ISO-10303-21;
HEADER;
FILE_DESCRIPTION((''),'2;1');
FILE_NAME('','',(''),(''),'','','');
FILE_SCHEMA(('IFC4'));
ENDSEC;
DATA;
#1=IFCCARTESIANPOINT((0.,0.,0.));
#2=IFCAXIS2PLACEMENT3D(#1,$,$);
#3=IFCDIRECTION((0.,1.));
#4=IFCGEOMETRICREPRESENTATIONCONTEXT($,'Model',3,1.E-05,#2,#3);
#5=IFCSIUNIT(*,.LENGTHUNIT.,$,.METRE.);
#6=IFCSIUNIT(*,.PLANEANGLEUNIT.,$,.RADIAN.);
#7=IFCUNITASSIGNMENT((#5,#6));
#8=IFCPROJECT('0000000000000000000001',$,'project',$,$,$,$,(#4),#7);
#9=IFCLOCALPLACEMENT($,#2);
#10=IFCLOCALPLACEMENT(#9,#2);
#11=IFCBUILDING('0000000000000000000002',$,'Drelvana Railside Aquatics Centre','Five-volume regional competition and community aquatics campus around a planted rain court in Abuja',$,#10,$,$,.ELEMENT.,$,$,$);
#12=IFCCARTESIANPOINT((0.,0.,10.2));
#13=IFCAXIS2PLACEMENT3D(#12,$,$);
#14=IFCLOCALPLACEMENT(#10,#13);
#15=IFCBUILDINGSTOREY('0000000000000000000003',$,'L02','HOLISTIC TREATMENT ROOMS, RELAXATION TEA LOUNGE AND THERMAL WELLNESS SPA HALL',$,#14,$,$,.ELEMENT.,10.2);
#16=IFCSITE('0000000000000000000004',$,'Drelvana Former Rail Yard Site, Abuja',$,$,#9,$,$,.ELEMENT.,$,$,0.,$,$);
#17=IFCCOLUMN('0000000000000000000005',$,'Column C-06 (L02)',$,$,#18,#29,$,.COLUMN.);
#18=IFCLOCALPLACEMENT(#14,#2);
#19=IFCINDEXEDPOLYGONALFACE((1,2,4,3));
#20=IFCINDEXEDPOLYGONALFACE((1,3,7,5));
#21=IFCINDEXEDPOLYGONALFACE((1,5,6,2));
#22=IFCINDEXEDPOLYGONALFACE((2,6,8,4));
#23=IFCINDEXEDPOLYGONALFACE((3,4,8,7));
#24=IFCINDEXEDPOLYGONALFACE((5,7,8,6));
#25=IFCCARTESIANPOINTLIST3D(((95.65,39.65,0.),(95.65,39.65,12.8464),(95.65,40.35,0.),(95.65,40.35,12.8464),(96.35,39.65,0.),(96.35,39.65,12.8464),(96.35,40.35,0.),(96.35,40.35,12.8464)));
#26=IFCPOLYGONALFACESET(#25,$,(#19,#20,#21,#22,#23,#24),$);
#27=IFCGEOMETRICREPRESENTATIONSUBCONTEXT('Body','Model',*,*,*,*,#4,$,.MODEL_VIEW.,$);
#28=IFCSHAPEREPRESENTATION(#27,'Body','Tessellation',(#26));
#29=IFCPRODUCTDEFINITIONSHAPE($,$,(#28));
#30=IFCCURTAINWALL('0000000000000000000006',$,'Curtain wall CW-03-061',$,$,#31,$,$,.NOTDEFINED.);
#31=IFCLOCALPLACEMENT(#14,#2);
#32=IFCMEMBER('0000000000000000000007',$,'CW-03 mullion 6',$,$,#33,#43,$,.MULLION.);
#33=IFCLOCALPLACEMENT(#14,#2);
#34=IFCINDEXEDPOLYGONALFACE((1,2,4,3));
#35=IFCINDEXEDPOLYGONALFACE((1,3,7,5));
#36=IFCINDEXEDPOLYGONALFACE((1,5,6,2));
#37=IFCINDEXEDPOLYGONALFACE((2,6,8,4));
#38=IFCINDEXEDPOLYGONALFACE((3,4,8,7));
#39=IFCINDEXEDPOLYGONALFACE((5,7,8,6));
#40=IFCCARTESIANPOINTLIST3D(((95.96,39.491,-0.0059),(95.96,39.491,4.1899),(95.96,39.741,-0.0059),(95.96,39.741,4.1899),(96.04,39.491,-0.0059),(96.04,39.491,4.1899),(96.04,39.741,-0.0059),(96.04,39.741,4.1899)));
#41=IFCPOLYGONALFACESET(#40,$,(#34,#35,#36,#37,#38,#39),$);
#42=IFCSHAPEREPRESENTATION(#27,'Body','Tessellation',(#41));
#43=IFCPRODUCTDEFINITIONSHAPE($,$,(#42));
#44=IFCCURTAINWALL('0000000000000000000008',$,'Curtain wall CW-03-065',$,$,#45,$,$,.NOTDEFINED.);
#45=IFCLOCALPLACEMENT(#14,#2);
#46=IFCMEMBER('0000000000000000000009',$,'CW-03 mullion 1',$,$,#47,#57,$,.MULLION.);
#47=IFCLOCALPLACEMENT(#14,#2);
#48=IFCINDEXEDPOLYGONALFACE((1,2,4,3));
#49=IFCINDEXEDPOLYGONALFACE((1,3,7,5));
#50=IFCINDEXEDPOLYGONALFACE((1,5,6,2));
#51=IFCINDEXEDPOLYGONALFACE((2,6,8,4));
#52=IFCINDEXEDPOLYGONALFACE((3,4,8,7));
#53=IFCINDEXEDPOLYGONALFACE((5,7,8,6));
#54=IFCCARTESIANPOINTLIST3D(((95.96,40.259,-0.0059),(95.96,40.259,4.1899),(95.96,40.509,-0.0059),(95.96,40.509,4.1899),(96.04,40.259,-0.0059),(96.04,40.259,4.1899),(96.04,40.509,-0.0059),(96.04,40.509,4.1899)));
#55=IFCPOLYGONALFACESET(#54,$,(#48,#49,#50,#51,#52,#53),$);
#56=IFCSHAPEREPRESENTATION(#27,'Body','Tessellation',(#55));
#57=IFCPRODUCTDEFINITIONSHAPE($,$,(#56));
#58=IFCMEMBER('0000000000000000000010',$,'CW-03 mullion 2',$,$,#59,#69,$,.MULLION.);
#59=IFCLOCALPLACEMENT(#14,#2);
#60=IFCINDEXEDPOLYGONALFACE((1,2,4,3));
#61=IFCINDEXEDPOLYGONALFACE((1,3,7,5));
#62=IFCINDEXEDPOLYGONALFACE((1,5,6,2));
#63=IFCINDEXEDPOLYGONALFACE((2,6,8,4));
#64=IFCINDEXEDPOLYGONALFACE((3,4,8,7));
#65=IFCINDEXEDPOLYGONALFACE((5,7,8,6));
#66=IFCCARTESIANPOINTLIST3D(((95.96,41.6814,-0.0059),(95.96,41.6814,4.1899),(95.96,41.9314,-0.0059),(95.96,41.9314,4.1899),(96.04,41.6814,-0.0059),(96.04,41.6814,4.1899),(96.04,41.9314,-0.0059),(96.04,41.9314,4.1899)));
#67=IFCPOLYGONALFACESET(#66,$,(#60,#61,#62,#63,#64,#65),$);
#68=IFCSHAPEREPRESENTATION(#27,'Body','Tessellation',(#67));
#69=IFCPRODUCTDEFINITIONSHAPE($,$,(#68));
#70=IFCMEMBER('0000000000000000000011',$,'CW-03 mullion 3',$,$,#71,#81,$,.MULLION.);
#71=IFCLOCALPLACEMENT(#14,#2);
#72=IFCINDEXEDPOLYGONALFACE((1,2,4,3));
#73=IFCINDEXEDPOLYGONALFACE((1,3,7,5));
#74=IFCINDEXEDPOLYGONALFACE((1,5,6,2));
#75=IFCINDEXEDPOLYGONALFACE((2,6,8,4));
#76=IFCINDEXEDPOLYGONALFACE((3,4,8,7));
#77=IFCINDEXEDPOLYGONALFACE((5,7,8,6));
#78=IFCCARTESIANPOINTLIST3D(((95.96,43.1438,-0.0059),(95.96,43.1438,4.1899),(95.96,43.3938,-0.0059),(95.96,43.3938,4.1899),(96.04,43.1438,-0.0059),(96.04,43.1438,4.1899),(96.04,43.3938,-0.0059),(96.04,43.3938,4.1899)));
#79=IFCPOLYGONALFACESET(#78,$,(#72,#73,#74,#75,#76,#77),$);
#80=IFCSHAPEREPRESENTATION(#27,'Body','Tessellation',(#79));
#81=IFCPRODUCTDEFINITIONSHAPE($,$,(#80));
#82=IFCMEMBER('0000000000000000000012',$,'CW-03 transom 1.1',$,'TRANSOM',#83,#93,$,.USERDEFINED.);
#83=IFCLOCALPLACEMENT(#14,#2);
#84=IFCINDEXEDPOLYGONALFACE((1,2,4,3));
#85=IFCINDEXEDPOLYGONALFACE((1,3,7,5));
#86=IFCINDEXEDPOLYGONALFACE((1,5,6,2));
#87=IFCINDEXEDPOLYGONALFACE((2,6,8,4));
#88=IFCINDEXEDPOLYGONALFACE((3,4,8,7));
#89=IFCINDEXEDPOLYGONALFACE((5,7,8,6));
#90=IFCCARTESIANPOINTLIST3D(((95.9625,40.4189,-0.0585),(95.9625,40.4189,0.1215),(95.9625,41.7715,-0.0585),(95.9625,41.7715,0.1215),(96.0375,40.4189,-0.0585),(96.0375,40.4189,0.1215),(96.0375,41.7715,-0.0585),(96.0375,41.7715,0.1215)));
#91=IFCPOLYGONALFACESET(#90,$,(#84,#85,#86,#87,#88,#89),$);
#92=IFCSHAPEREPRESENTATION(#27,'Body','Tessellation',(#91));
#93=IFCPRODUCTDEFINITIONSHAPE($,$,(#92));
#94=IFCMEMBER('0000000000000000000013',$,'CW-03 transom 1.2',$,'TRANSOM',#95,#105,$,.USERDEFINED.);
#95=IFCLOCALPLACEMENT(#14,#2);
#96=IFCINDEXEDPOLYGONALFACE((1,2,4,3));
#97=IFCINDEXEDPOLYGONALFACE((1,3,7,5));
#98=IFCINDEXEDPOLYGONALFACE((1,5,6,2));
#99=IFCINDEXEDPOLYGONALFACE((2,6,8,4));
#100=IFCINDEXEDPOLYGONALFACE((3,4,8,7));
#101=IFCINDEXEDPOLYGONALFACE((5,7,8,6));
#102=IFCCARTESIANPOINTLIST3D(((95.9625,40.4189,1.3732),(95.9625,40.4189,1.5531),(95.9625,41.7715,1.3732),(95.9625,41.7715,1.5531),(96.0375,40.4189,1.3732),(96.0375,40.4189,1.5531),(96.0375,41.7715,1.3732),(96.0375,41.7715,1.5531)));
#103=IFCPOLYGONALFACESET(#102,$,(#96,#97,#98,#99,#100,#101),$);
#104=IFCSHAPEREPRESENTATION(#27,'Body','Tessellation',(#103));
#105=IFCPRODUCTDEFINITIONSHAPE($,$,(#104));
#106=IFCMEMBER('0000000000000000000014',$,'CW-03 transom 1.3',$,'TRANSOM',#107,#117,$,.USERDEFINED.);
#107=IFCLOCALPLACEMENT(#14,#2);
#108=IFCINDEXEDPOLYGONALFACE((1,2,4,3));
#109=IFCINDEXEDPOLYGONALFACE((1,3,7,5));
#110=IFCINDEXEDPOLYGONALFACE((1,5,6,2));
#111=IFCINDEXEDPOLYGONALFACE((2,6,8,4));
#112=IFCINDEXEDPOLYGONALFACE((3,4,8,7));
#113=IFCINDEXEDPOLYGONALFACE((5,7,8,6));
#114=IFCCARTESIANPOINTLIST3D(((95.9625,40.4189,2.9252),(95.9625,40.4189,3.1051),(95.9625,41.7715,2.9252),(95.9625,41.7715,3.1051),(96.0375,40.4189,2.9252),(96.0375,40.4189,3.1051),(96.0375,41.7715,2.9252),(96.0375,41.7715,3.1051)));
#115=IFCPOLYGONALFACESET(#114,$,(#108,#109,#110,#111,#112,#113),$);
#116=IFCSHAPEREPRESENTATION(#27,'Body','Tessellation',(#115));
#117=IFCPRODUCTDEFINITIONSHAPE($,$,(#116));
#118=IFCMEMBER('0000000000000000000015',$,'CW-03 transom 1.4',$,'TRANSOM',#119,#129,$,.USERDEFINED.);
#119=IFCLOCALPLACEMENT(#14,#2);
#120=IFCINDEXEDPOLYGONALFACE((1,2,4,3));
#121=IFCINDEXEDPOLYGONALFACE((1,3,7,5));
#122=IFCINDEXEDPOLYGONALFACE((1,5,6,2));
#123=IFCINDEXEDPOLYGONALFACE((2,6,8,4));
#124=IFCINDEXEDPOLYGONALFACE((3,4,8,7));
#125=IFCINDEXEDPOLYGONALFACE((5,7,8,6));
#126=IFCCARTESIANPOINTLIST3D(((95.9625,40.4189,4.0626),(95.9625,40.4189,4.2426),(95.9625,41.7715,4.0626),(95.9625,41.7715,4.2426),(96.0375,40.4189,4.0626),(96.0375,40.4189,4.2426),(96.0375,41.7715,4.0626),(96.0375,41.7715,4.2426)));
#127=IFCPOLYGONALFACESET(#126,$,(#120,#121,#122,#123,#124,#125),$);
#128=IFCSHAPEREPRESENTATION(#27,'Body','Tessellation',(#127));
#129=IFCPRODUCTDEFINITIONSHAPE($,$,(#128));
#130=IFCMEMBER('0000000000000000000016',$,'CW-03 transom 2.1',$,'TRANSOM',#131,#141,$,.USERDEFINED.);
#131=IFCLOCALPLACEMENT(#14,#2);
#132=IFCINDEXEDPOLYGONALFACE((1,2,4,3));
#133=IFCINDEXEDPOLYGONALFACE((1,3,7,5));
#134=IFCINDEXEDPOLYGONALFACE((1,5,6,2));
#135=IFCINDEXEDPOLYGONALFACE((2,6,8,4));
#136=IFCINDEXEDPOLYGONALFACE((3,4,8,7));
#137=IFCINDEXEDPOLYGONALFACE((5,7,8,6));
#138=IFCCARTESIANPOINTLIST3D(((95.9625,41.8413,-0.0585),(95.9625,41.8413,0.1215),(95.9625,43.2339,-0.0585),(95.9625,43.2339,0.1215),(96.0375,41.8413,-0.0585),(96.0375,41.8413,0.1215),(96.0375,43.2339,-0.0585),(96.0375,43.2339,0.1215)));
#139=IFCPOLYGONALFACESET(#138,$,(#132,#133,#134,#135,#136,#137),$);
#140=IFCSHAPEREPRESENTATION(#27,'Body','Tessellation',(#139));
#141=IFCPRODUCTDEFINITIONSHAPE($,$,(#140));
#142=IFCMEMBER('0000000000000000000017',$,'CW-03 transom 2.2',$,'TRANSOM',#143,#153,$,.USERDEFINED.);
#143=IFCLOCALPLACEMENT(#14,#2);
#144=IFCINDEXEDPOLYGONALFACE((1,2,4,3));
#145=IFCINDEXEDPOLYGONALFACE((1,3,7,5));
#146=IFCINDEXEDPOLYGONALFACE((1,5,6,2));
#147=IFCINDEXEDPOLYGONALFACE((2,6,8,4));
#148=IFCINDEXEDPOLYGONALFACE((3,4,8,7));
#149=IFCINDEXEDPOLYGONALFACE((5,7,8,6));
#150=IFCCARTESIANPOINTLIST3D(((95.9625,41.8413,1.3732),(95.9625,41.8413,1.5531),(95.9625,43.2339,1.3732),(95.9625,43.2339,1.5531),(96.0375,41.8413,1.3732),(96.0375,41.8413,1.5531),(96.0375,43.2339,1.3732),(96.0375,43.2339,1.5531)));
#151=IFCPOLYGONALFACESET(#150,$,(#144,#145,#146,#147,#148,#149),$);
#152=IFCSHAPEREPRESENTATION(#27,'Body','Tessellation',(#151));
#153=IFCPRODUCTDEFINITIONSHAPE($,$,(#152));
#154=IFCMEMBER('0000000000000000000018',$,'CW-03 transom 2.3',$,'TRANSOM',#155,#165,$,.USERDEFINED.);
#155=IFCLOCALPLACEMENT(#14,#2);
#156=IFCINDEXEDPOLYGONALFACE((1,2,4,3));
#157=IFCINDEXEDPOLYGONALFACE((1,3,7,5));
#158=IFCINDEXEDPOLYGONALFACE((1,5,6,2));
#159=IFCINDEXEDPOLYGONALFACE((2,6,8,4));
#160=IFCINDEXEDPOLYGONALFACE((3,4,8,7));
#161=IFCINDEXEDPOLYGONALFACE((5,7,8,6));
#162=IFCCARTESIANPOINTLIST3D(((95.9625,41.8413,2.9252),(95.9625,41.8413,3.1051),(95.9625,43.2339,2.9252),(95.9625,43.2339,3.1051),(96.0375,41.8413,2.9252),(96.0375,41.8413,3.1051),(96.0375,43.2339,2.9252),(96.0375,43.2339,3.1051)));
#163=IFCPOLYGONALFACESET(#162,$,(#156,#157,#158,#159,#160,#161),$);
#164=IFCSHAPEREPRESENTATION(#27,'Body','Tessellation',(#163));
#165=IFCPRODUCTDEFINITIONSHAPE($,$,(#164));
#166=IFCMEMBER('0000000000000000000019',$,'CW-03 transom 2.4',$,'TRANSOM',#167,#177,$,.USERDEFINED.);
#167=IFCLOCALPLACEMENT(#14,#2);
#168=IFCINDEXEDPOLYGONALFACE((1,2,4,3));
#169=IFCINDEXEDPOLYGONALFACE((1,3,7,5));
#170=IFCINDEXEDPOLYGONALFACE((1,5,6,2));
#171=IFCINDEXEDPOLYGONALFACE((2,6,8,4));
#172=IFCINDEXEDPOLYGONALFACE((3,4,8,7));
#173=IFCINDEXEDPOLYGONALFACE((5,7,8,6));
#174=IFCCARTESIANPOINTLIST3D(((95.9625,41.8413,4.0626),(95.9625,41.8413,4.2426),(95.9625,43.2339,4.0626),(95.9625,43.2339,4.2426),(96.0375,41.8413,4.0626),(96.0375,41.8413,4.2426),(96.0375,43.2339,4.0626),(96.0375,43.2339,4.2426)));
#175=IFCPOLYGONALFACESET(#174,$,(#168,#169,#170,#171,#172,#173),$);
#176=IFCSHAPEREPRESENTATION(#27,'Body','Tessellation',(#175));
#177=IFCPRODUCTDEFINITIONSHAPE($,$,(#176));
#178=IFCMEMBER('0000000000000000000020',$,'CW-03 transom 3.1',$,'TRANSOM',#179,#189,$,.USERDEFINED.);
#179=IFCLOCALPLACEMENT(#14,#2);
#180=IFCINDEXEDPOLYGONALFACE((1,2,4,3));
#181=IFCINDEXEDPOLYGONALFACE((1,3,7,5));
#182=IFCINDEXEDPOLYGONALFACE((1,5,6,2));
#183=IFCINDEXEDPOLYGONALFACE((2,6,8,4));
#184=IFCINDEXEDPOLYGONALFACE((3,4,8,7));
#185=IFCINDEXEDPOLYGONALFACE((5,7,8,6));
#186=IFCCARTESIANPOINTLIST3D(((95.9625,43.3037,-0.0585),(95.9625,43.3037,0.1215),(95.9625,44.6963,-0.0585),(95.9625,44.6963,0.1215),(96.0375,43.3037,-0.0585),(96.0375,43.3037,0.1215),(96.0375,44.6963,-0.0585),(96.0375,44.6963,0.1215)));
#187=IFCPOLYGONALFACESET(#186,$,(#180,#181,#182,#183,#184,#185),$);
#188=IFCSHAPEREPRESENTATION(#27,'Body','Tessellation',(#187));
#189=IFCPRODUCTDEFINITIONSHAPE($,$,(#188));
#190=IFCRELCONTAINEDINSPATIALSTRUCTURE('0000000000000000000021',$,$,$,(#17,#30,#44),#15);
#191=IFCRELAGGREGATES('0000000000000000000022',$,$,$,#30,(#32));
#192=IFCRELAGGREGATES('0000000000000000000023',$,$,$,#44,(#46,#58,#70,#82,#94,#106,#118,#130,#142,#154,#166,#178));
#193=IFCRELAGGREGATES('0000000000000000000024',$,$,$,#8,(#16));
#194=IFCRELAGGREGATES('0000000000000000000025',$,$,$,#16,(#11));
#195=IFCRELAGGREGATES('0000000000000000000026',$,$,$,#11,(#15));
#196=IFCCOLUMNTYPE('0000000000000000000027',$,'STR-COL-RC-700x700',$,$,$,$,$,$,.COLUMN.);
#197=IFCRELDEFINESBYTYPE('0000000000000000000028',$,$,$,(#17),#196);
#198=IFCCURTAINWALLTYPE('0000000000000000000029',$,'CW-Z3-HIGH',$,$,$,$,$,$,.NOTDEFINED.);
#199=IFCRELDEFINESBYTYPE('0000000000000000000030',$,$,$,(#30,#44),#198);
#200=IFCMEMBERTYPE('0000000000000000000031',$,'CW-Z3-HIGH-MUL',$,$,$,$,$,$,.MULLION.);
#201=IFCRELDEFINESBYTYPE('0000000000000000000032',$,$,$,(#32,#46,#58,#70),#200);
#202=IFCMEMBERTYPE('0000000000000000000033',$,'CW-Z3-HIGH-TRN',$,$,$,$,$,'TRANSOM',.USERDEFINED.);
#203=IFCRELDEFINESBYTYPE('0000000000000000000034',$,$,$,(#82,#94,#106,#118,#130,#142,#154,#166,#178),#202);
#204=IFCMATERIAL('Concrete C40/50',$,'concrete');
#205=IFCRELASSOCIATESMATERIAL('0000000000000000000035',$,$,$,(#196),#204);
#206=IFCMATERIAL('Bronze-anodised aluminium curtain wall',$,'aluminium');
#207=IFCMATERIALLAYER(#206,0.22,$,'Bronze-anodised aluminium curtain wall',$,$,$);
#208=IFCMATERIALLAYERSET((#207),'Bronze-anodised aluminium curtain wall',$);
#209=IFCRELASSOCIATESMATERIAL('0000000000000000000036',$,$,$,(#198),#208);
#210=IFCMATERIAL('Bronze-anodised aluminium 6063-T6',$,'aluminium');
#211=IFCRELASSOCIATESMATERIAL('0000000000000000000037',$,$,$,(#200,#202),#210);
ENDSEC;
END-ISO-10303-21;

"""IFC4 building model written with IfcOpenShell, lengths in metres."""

from ifc_helpers import new_model, si_unit, direction, frame, origin, origin_2d, place, context, subcontext, project, spatial, rectangle, extrude, material, layer, layer_set, material_profile, profile_set, type_object, element, aggregate, save


model = new_model("IFC4")

# Units and contexts
model_context = context("Model", 3, precision=1e-05, world=origin(), true_north=direction((0.0, 1.0)))
body_context = subcontext(model_context, "Body", "Model", "MODEL_VIEW")
ifc_project = project(units=[si_unit("LENGTHUNIT", "METRE"), si_unit("PLANEANGLEUNIT", "RADIAN")], contexts=[model_context])

# Site, building, storey
site_placement = place(None, origin())
site = spatial("IfcSite", under=ifc_project, at=site_placement, Name="Drelvana Former Rail Yard Site, Abuja", CompositionType="ELEMENT", RefElevation=0.0)
building_placement = place(site_placement, origin())
building = spatial("IfcBuilding", under=site, at=building_placement, Name="Drelvana Railside Aquatics Centre", Description="Five-volume regional competition and community aquatics campus around a planted rain court in Abuja", CompositionType="ELEMENT")
storey_placement = place(building_placement, frame((0.0, 0.0, 10.2)))
storey = spatial("IfcBuildingStorey", under=building, at=storey_placement, Name="L02", Description="HOLISTIC TREATMENT ROOMS, RELAXATION TEA LOUNGE AND THERMAL WELLNESS SPA HALL", CompositionType="ELEMENT", Elevation=10.2)

# Column
ifc_material_1 = material(Name="Concrete C40/50", Category="concrete")
ifc_material_profile_1 = material_profile(ifc_material_1, rectangle(XDim=0.7, YDim=0.7, at=origin_2d()), Name="RC 700x700")
ifc_profile_set_1 = profile_set([ifc_material_profile_1], Name="Concrete C40/50")
column_type = type_object("IfcColumnType", Name="STR-COL-RC-700x700", PredefinedType="COLUMN", material=ifc_profile_set_1)
column_placement = place(storey_placement, frame((96.0, 40.0, 0.0), z_axis=(0.0, 0.0, 1.0), x_axis=(1.0, 0.0, 0.0)))
element("IfcColumn", 1, at=column_placement, inside=storey, type_object=column_type, Name="Column C-06 (L02)", PredefinedType="COLUMN", context=body_context, shape_type="SweptSolid", body=[
    extrude(rectangle(XDim=0.7, YDim=0.7, at=origin_2d()), origin(), (0.0, 0.0, 1.0), 12.8464),
])

# Curtain wall, member
ifc_material_2 = material(Name="Bronze-anodised aluminium curtain wall", Category="aluminium")
ifc_layer_1 = layer(ifc_material_2, 0.22, Name="Bronze-anodised aluminium curtain wall")
ifc_layer_set_1 = layer_set([ifc_layer_1], Name="Bronze-anodised aluminium curtain wall")
curtain_wall_type = type_object("IfcCurtainWallType", Name="CW-Z3-HIGH", PredefinedType="NOTDEFINED", material=ifc_layer_set_1)
curtain_wall_1_placement = place(storey_placement, origin())
curtain_wall_1 = element("IfcCurtainWall", 2, at=curtain_wall_1_placement, inside=storey, type_object=curtain_wall_type, Name="Curtain wall CW-03-061", PredefinedType="NOTDEFINED")
ifc_material_3 = material(Name="Bronze-anodised aluminium 6063-T6", Category="aluminium")
ifc_material_profile_2 = material_profile(ifc_material_3, rectangle(XDim=0.0801, YDim=0.25, at=origin_2d()), Name="ALU-M 80x250")
ifc_profile_set_2 = profile_set([ifc_material_profile_2], Name="Bronze-anodised aluminium 6063-T6")
member_type_1 = type_object("IfcMemberType", Name="CW-Z3-HIGH-MUL", PredefinedType="MULLION", material=ifc_profile_set_2)
member_1_placement = place(storey_placement, frame((96.0, 39.616, -0.0059), z_axis=(0.0, 0.0, 1.0), x_axis=(-1.0, 0.0, 0.0)))
member_1 = element("IfcMember", 3, at=member_1_placement, type_object=member_type_1, Name="CW-03 mullion 6", PredefinedType="MULLION", context=body_context, shape_type="SweptSolid", body=[
    extrude(rectangle(XDim=0.0801, YDim=0.25, at=origin_2d()), origin(), (0.0, 0.0, 1.0), 4.1958),
])

# Curtain wall, members
curtain_wall_2_placement = place(storey_placement, origin())
curtain_wall_2 = element("IfcCurtainWall", 4, at=curtain_wall_2_placement, inside=storey, type_object=curtain_wall_type, Name="Curtain wall CW-03-065", PredefinedType="NOTDEFINED")
member_2_placement = place(storey_placement, frame((96.0, 40.384, -0.0059), z_axis=(0.0, 0.0, 1.0), x_axis=(-1.0, 0.0, 0.0)))
member_2 = element("IfcMember", 5, at=member_2_placement, type_object=member_type_1, Name="CW-03 mullion 1", PredefinedType="MULLION", context=body_context, shape_type="SweptSolid", body=[
    extrude(rectangle(XDim=0.0801, YDim=0.25, at=origin_2d()), origin(), (0.0, 0.0, 1.0), 4.1958),
])
member_3_placement = place(storey_placement, frame((96.0, 41.8064, -0.0059), z_axis=(0.0, 0.0, 1.0), x_axis=(-1.0, 0.0, 0.0)))
member_3 = element("IfcMember", 6, at=member_3_placement, type_object=member_type_1, Name="CW-03 mullion 2", PredefinedType="MULLION", context=body_context, shape_type="SweptSolid", body=[
    extrude(rectangle(XDim=0.0801, YDim=0.25, at=origin_2d()), origin(), (0.0, 0.0, 1.0), 4.1958),
])
member_4_placement = place(storey_placement, frame((96.0, 43.2688, -0.0059), z_axis=(0.0, 0.0, 1.0), x_axis=(-1.0, 0.0, 0.0)))
member_4 = element("IfcMember", 7, at=member_4_placement, type_object=member_type_1, Name="CW-03 mullion 3", PredefinedType="MULLION", context=body_context, shape_type="SweptSolid", body=[
    extrude(rectangle(XDim=0.0801, YDim=0.25, at=origin_2d()), origin(), (0.0, 0.0, 1.0), 4.1958),
])
ifc_material_profile_3 = material_profile(ifc_material_3, rectangle(XDim=0.1799, YDim=0.075, at=origin_2d()), Name="ALU-T 75x180")
ifc_profile_set_3 = profile_set([ifc_material_profile_3], Name="Bronze-anodised aluminium 6063-T6")
member_type_2 = type_object("IfcMemberType", Name="CW-Z3-HIGH-TRN", ElementType="TRANSOM", PredefinedType="USERDEFINED", material=ifc_profile_set_3)
member_5_placement = place(storey_placement, frame((96.0, 40.4189, 0.0315), z_axis=(0.0, 1.0, 0.0), x_axis=(0.0, 0.0, 1.0)))
member_5 = element("IfcMember", 8, at=member_5_placement, type_object=member_type_2, Name="CW-03 transom 1.1", ObjectType="TRANSOM", PredefinedType="USERDEFINED", context=body_context, shape_type="SweptSolid", body=[
    extrude(rectangle(XDim=0.1799, YDim=0.075, at=origin_2d()), origin(), (0.0, 0.0, 1.0), 1.3525),
])
member_6_placement = place(storey_placement, frame((96.0, 40.4189, 1.4631), z_axis=(0.0, 1.0, 0.0), x_axis=(0.0, 0.0, 1.0)))
member_6 = element("IfcMember", 9, at=member_6_placement, type_object=member_type_2, Name="CW-03 transom 1.2", ObjectType="TRANSOM", PredefinedType="USERDEFINED", context=body_context, shape_type="SweptSolid", body=[
    extrude(rectangle(XDim=0.1799, YDim=0.075, at=origin_2d()), origin(), (0.0, 0.0, 1.0), 1.3525),
])
member_7_placement = place(storey_placement, frame((96.0, 40.4189, 3.0151), z_axis=(0.0, 1.0, 0.0), x_axis=(0.0, 0.0, 1.0)))
member_7 = element("IfcMember", 10, at=member_7_placement, type_object=member_type_2, Name="CW-03 transom 1.3", ObjectType="TRANSOM", PredefinedType="USERDEFINED", context=body_context, shape_type="SweptSolid", body=[
    extrude(rectangle(XDim=0.1799, YDim=0.075, at=origin_2d()), origin(), (0.0, 0.0, 1.0), 1.3525),
])
member_8_placement = place(storey_placement, frame((96.0, 40.4189, 4.1526), z_axis=(0.0, 1.0, 0.0), x_axis=(0.0, 0.0, 1.0)))
member_8 = element("IfcMember", 11, at=member_8_placement, type_object=member_type_2, Name="CW-03 transom 1.4", ObjectType="TRANSOM", PredefinedType="USERDEFINED", context=body_context, shape_type="SweptSolid", body=[
    extrude(rectangle(XDim=0.1799, YDim=0.075, at=origin_2d()), origin(), (0.0, 0.0, 1.0), 1.3525),
])
member_9_placement = place(storey_placement, frame((96.0, 41.8413, 0.0315), z_axis=(0.0, 1.0, 0.0), x_axis=(0.0, 0.0, 1.0)))
member_9 = element("IfcMember", 12, at=member_9_placement, type_object=member_type_2, Name="CW-03 transom 2.1", ObjectType="TRANSOM", PredefinedType="USERDEFINED", context=body_context, shape_type="SweptSolid", body=[
    extrude(rectangle(XDim=0.1799, YDim=0.075, at=origin_2d()), origin(), (0.0, 0.0, 1.0), 1.3926),
])
member_10_placement = place(storey_placement, frame((96.0, 41.8413, 1.4631), z_axis=(0.0, 1.0, 0.0), x_axis=(0.0, 0.0, 1.0)))
member_10 = element("IfcMember", 13, at=member_10_placement, type_object=member_type_2, Name="CW-03 transom 2.2", ObjectType="TRANSOM", PredefinedType="USERDEFINED", context=body_context, shape_type="SweptSolid", body=[
    extrude(rectangle(XDim=0.1799, YDim=0.075, at=origin_2d()), origin(), (0.0, 0.0, 1.0), 1.3926),
])
member_11_placement = place(storey_placement, frame((96.0, 41.8413, 3.0151), z_axis=(0.0, 1.0, 0.0), x_axis=(0.0, 0.0, 1.0)))
member_11 = element("IfcMember", 14, at=member_11_placement, type_object=member_type_2, Name="CW-03 transom 2.3", ObjectType="TRANSOM", PredefinedType="USERDEFINED", context=body_context, shape_type="SweptSolid", body=[
    extrude(rectangle(XDim=0.1799, YDim=0.075, at=origin_2d()), origin(), (0.0, 0.0, 1.0), 1.3926),
])
member_12_placement = place(storey_placement, frame((96.0, 41.8413, 4.1526), z_axis=(0.0, 1.0, 0.0), x_axis=(0.0, 0.0, 1.0)))
member_12 = element("IfcMember", 15, at=member_12_placement, type_object=member_type_2, Name="CW-03 transom 2.4", ObjectType="TRANSOM", PredefinedType="USERDEFINED", context=body_context, shape_type="SweptSolid", body=[
    extrude(rectangle(XDim=0.1799, YDim=0.075, at=origin_2d()), origin(), (0.0, 0.0, 1.0), 1.3926),
])
member_13_placement = place(storey_placement, frame((96.0, 43.3037, 0.0315), z_axis=(0.0, 1.0, 0.0), x_axis=(0.0, 0.0, 1.0)))
member_13 = element("IfcMember", 16, at=member_13_placement, type_object=member_type_2, Name="CW-03 transom 3.1", ObjectType="TRANSOM", PredefinedType="USERDEFINED", context=body_context, shape_type="SweptSolid", body=[
    extrude(rectangle(XDim=0.1799, YDim=0.075, at=origin_2d()), origin(), (0.0, 0.0, 1.0), 1.3926),
])

aggregate(curtain_wall_1, [member_1])
aggregate(curtain_wall_2, [member_2, member_3, member_4, member_5, member_6, member_7, member_8, member_9, member_10, member_11, member_12, member_13])

save(model, "model.ifc")
